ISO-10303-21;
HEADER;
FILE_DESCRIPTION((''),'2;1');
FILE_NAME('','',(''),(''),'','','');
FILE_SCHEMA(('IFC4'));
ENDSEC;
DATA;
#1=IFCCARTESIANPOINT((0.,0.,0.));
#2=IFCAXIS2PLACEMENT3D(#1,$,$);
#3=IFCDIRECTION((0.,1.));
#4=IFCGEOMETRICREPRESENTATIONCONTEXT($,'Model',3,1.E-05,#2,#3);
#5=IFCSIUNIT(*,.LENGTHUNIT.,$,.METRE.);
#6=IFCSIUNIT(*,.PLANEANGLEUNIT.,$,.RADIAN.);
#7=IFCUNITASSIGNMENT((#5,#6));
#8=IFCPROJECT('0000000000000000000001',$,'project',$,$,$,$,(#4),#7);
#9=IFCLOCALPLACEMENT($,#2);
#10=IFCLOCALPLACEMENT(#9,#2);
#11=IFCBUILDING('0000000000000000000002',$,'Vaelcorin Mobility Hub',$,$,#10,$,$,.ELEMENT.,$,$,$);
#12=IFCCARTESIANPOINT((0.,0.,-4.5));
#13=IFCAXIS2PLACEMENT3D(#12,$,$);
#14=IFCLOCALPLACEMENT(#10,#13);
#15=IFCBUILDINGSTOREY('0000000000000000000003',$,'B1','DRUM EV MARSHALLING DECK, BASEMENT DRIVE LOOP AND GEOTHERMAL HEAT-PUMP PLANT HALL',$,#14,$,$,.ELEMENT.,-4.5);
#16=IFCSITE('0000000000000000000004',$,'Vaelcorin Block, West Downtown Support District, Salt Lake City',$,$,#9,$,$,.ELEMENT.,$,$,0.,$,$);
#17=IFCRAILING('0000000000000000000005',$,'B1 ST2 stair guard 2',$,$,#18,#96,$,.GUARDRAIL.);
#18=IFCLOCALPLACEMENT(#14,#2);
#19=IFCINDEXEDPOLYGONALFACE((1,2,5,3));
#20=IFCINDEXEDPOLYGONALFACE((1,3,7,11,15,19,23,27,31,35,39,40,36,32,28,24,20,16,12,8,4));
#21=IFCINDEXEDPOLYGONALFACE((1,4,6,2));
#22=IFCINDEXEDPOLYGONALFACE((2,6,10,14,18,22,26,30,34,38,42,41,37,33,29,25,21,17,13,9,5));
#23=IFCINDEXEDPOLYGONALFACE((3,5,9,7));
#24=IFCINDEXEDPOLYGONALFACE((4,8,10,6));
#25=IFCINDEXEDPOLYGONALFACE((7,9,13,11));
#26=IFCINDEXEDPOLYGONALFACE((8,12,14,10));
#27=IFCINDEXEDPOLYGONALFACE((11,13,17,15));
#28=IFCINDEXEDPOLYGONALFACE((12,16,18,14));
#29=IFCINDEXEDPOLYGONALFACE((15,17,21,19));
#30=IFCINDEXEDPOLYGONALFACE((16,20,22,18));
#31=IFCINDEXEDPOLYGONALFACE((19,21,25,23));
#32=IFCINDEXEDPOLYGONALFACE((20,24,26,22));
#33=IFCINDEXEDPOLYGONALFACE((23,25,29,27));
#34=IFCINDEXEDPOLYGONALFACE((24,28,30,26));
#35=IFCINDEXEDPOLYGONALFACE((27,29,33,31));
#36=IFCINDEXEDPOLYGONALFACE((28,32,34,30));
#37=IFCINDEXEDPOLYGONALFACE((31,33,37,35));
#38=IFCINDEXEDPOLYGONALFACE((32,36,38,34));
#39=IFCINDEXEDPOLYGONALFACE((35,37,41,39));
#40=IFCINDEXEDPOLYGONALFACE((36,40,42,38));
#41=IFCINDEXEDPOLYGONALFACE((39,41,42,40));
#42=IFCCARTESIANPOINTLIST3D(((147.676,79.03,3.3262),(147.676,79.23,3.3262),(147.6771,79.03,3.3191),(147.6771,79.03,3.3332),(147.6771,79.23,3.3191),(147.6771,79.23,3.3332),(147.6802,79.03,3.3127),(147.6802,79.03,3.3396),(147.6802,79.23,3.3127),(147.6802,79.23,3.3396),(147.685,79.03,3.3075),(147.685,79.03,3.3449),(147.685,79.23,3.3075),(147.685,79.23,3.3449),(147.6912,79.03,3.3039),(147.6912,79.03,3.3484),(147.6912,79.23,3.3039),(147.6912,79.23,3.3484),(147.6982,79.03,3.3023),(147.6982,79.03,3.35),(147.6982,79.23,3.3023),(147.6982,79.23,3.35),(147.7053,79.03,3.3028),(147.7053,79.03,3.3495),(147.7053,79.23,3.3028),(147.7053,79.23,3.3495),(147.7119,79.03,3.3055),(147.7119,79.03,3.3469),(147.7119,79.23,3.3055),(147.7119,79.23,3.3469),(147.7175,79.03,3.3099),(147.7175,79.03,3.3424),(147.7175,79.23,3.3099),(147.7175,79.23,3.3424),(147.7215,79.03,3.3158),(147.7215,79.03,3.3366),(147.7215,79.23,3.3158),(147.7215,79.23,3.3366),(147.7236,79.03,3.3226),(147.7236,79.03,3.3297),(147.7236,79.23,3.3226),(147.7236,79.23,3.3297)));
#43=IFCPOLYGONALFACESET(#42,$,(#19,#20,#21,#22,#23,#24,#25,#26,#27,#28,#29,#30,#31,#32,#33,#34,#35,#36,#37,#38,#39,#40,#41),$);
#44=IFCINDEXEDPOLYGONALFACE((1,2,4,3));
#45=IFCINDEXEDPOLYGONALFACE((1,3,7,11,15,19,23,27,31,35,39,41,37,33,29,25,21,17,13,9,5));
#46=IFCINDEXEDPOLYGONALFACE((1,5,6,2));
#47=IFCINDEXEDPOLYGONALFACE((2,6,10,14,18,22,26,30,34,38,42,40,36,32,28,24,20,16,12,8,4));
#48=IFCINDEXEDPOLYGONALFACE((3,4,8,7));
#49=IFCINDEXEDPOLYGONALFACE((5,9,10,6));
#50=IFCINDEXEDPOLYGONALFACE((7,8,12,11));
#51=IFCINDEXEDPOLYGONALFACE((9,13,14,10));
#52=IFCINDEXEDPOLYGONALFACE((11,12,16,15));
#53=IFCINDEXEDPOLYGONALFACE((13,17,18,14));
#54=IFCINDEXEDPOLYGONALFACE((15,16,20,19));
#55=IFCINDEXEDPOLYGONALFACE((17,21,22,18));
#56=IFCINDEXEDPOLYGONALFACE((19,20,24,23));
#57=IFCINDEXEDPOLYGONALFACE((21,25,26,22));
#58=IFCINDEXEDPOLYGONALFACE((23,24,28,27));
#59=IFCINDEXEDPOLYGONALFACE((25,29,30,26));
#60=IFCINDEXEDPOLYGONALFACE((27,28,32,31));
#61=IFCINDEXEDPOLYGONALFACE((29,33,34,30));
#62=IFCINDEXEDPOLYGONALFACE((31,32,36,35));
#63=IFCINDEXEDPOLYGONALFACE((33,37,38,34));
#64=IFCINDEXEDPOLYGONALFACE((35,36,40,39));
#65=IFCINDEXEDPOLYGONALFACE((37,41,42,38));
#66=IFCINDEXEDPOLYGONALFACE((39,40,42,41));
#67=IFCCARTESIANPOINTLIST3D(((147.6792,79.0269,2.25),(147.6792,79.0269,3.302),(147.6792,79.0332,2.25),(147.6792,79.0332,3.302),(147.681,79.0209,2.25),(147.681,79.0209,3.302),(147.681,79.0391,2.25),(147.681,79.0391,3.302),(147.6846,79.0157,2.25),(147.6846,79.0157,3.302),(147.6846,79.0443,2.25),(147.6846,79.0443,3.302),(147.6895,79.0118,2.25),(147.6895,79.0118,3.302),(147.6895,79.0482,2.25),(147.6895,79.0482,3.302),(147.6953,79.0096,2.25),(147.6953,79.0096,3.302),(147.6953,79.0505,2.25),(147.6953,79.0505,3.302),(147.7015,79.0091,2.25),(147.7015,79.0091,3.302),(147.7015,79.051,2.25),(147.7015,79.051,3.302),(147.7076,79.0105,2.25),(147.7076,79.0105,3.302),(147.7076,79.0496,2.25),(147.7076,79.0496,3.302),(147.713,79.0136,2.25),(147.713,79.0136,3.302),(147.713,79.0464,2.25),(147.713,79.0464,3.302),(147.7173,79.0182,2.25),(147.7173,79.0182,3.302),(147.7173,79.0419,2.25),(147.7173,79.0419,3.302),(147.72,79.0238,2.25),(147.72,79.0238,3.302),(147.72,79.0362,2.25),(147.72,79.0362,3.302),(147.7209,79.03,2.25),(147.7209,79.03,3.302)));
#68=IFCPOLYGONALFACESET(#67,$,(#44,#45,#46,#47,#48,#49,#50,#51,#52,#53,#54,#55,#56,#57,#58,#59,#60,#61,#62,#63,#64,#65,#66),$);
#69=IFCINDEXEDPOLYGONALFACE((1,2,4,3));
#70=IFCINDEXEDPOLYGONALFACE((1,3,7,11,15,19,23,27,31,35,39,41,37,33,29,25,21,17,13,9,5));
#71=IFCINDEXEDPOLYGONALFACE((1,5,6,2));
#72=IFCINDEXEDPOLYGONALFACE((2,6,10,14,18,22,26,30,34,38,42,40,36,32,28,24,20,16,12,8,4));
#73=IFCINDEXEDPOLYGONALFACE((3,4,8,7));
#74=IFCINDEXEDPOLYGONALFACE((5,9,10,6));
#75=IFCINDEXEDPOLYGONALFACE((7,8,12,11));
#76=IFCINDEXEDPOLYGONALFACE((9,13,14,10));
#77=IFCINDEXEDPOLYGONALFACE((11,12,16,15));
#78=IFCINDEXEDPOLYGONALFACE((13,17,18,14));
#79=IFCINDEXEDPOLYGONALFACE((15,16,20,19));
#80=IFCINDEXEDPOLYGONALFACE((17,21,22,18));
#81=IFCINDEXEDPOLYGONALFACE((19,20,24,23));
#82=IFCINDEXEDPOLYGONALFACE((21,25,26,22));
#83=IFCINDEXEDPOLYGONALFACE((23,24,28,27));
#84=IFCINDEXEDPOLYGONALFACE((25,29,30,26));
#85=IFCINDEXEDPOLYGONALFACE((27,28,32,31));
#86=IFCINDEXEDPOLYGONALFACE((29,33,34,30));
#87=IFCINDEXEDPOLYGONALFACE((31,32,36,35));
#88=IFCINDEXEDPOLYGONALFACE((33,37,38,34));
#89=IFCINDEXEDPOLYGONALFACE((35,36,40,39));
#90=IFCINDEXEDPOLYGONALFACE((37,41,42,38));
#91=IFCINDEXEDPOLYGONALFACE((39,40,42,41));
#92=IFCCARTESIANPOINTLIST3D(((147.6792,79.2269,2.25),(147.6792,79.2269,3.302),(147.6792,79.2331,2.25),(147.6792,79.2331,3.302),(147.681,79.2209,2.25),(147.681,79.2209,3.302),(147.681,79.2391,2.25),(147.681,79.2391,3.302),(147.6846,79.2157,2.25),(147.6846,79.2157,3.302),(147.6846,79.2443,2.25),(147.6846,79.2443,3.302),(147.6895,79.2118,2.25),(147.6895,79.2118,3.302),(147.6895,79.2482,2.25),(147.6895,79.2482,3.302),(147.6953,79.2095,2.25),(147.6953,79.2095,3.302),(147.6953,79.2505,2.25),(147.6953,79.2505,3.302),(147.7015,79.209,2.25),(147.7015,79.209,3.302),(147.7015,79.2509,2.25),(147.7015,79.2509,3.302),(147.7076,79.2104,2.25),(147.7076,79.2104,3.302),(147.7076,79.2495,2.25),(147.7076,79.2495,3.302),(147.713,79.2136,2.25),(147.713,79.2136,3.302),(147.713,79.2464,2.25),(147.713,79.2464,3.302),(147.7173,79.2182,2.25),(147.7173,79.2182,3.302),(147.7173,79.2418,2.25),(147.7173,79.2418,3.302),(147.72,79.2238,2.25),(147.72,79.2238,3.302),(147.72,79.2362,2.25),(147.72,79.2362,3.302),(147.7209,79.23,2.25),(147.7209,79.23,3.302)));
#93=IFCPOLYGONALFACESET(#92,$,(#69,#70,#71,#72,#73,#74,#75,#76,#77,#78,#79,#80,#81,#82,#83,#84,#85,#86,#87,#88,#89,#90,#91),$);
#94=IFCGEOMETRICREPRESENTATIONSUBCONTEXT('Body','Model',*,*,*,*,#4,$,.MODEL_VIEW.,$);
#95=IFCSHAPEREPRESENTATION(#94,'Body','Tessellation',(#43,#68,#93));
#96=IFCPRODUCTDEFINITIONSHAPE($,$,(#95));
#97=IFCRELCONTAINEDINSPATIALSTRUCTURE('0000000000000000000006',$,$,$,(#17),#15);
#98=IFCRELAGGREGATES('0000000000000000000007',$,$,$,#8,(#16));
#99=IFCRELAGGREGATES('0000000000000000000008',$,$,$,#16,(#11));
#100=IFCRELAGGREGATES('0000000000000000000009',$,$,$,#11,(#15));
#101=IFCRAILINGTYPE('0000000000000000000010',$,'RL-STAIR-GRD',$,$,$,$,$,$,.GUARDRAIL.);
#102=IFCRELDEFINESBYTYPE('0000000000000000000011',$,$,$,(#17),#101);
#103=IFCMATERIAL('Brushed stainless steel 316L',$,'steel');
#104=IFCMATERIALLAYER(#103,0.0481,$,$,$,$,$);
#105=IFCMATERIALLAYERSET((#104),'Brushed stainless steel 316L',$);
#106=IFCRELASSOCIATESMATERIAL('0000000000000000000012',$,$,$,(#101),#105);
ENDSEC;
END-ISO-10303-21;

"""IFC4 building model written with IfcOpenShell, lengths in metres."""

from ifc_helpers import new_model, si_unit, direction, frame, origin, origin_2d, place, context, subcontext, project, spatial, circle, extrude, material, layer, layer_set, type_object, element, save


model = new_model("IFC4")

# Units and contexts
model_context = context("Model", 3, precision=1e-05, world=origin(), true_north=direction((0.0, 1.0)))
body_context = subcontext(model_context, "Body", "Model", "MODEL_VIEW")
ifc_project = project(units=[si_unit("LENGTHUNIT", "METRE"), si_unit("PLANEANGLEUNIT", "RADIAN")], contexts=[model_context])

# Site, building, storey
site_placement = place(None, origin())
site = spatial("IfcSite", under=ifc_project, at=site_placement, Name="Vaelcorin Block, West Downtown Support District, Salt Lake City", CompositionType="ELEMENT", RefElevation=0.0)
building_placement = place(site_placement, origin())
building = spatial("IfcBuilding", under=site, at=building_placement, Name="Vaelcorin Mobility Hub", CompositionType="ELEMENT")
storey_placement = place(building_placement, frame((0.0, 0.0, -4.5)))
storey = spatial("IfcBuildingStorey", under=building, at=storey_placement, Name="B1", Description="DRUM EV MARSHALLING DECK, BASEMENT DRIVE LOOP AND GEOTHERMAL HEAT-PUMP PLANT HALL", CompositionType="ELEMENT", Elevation=-4.5)

# Railing
ifc_material_1 = material(Name="Brushed stainless steel 316L", Category="steel")
ifc_layer_1 = layer(ifc_material_1, 0.0481)
ifc_layer_set_1 = layer_set([ifc_layer_1], Name="Brushed stainless steel 316L")
railing_type = type_object("IfcRailingType", Name="RL-STAIR-GRD", PredefinedType="GUARDRAIL", material=ifc_layer_set_1)
railing_placement = place(storey_placement, frame((147.7, 79.03, 2.25)))
element("IfcRailing", 1, at=railing_placement, inside=storey, type_object=railing_type, Name="B1 ST2 stair guard 2", PredefinedType="GUARDRAIL", context=body_context, shape_type="SweptSolid", body=[
    extrude(circle(Radius=0.0239, at=origin_2d()), frame((0.0, 0.0, 1.0762), z_axis=(0.0, 1.0, 0.0), x_axis=(-1.0, 0.0, 0.0)), (0.0, 0.0, 1.0), 0.2),
    extrude(circle(Radius=0.021, at=origin_2d()), origin(), (0.0, 0.0, 1.0), 1.052),
    extrude(circle(Radius=0.021, at=origin_2d()), frame((0.0, 0.2, 0.0)), (0.0, 0.0, 1.0), 1.052),
])

save(model, "model.ifc")
